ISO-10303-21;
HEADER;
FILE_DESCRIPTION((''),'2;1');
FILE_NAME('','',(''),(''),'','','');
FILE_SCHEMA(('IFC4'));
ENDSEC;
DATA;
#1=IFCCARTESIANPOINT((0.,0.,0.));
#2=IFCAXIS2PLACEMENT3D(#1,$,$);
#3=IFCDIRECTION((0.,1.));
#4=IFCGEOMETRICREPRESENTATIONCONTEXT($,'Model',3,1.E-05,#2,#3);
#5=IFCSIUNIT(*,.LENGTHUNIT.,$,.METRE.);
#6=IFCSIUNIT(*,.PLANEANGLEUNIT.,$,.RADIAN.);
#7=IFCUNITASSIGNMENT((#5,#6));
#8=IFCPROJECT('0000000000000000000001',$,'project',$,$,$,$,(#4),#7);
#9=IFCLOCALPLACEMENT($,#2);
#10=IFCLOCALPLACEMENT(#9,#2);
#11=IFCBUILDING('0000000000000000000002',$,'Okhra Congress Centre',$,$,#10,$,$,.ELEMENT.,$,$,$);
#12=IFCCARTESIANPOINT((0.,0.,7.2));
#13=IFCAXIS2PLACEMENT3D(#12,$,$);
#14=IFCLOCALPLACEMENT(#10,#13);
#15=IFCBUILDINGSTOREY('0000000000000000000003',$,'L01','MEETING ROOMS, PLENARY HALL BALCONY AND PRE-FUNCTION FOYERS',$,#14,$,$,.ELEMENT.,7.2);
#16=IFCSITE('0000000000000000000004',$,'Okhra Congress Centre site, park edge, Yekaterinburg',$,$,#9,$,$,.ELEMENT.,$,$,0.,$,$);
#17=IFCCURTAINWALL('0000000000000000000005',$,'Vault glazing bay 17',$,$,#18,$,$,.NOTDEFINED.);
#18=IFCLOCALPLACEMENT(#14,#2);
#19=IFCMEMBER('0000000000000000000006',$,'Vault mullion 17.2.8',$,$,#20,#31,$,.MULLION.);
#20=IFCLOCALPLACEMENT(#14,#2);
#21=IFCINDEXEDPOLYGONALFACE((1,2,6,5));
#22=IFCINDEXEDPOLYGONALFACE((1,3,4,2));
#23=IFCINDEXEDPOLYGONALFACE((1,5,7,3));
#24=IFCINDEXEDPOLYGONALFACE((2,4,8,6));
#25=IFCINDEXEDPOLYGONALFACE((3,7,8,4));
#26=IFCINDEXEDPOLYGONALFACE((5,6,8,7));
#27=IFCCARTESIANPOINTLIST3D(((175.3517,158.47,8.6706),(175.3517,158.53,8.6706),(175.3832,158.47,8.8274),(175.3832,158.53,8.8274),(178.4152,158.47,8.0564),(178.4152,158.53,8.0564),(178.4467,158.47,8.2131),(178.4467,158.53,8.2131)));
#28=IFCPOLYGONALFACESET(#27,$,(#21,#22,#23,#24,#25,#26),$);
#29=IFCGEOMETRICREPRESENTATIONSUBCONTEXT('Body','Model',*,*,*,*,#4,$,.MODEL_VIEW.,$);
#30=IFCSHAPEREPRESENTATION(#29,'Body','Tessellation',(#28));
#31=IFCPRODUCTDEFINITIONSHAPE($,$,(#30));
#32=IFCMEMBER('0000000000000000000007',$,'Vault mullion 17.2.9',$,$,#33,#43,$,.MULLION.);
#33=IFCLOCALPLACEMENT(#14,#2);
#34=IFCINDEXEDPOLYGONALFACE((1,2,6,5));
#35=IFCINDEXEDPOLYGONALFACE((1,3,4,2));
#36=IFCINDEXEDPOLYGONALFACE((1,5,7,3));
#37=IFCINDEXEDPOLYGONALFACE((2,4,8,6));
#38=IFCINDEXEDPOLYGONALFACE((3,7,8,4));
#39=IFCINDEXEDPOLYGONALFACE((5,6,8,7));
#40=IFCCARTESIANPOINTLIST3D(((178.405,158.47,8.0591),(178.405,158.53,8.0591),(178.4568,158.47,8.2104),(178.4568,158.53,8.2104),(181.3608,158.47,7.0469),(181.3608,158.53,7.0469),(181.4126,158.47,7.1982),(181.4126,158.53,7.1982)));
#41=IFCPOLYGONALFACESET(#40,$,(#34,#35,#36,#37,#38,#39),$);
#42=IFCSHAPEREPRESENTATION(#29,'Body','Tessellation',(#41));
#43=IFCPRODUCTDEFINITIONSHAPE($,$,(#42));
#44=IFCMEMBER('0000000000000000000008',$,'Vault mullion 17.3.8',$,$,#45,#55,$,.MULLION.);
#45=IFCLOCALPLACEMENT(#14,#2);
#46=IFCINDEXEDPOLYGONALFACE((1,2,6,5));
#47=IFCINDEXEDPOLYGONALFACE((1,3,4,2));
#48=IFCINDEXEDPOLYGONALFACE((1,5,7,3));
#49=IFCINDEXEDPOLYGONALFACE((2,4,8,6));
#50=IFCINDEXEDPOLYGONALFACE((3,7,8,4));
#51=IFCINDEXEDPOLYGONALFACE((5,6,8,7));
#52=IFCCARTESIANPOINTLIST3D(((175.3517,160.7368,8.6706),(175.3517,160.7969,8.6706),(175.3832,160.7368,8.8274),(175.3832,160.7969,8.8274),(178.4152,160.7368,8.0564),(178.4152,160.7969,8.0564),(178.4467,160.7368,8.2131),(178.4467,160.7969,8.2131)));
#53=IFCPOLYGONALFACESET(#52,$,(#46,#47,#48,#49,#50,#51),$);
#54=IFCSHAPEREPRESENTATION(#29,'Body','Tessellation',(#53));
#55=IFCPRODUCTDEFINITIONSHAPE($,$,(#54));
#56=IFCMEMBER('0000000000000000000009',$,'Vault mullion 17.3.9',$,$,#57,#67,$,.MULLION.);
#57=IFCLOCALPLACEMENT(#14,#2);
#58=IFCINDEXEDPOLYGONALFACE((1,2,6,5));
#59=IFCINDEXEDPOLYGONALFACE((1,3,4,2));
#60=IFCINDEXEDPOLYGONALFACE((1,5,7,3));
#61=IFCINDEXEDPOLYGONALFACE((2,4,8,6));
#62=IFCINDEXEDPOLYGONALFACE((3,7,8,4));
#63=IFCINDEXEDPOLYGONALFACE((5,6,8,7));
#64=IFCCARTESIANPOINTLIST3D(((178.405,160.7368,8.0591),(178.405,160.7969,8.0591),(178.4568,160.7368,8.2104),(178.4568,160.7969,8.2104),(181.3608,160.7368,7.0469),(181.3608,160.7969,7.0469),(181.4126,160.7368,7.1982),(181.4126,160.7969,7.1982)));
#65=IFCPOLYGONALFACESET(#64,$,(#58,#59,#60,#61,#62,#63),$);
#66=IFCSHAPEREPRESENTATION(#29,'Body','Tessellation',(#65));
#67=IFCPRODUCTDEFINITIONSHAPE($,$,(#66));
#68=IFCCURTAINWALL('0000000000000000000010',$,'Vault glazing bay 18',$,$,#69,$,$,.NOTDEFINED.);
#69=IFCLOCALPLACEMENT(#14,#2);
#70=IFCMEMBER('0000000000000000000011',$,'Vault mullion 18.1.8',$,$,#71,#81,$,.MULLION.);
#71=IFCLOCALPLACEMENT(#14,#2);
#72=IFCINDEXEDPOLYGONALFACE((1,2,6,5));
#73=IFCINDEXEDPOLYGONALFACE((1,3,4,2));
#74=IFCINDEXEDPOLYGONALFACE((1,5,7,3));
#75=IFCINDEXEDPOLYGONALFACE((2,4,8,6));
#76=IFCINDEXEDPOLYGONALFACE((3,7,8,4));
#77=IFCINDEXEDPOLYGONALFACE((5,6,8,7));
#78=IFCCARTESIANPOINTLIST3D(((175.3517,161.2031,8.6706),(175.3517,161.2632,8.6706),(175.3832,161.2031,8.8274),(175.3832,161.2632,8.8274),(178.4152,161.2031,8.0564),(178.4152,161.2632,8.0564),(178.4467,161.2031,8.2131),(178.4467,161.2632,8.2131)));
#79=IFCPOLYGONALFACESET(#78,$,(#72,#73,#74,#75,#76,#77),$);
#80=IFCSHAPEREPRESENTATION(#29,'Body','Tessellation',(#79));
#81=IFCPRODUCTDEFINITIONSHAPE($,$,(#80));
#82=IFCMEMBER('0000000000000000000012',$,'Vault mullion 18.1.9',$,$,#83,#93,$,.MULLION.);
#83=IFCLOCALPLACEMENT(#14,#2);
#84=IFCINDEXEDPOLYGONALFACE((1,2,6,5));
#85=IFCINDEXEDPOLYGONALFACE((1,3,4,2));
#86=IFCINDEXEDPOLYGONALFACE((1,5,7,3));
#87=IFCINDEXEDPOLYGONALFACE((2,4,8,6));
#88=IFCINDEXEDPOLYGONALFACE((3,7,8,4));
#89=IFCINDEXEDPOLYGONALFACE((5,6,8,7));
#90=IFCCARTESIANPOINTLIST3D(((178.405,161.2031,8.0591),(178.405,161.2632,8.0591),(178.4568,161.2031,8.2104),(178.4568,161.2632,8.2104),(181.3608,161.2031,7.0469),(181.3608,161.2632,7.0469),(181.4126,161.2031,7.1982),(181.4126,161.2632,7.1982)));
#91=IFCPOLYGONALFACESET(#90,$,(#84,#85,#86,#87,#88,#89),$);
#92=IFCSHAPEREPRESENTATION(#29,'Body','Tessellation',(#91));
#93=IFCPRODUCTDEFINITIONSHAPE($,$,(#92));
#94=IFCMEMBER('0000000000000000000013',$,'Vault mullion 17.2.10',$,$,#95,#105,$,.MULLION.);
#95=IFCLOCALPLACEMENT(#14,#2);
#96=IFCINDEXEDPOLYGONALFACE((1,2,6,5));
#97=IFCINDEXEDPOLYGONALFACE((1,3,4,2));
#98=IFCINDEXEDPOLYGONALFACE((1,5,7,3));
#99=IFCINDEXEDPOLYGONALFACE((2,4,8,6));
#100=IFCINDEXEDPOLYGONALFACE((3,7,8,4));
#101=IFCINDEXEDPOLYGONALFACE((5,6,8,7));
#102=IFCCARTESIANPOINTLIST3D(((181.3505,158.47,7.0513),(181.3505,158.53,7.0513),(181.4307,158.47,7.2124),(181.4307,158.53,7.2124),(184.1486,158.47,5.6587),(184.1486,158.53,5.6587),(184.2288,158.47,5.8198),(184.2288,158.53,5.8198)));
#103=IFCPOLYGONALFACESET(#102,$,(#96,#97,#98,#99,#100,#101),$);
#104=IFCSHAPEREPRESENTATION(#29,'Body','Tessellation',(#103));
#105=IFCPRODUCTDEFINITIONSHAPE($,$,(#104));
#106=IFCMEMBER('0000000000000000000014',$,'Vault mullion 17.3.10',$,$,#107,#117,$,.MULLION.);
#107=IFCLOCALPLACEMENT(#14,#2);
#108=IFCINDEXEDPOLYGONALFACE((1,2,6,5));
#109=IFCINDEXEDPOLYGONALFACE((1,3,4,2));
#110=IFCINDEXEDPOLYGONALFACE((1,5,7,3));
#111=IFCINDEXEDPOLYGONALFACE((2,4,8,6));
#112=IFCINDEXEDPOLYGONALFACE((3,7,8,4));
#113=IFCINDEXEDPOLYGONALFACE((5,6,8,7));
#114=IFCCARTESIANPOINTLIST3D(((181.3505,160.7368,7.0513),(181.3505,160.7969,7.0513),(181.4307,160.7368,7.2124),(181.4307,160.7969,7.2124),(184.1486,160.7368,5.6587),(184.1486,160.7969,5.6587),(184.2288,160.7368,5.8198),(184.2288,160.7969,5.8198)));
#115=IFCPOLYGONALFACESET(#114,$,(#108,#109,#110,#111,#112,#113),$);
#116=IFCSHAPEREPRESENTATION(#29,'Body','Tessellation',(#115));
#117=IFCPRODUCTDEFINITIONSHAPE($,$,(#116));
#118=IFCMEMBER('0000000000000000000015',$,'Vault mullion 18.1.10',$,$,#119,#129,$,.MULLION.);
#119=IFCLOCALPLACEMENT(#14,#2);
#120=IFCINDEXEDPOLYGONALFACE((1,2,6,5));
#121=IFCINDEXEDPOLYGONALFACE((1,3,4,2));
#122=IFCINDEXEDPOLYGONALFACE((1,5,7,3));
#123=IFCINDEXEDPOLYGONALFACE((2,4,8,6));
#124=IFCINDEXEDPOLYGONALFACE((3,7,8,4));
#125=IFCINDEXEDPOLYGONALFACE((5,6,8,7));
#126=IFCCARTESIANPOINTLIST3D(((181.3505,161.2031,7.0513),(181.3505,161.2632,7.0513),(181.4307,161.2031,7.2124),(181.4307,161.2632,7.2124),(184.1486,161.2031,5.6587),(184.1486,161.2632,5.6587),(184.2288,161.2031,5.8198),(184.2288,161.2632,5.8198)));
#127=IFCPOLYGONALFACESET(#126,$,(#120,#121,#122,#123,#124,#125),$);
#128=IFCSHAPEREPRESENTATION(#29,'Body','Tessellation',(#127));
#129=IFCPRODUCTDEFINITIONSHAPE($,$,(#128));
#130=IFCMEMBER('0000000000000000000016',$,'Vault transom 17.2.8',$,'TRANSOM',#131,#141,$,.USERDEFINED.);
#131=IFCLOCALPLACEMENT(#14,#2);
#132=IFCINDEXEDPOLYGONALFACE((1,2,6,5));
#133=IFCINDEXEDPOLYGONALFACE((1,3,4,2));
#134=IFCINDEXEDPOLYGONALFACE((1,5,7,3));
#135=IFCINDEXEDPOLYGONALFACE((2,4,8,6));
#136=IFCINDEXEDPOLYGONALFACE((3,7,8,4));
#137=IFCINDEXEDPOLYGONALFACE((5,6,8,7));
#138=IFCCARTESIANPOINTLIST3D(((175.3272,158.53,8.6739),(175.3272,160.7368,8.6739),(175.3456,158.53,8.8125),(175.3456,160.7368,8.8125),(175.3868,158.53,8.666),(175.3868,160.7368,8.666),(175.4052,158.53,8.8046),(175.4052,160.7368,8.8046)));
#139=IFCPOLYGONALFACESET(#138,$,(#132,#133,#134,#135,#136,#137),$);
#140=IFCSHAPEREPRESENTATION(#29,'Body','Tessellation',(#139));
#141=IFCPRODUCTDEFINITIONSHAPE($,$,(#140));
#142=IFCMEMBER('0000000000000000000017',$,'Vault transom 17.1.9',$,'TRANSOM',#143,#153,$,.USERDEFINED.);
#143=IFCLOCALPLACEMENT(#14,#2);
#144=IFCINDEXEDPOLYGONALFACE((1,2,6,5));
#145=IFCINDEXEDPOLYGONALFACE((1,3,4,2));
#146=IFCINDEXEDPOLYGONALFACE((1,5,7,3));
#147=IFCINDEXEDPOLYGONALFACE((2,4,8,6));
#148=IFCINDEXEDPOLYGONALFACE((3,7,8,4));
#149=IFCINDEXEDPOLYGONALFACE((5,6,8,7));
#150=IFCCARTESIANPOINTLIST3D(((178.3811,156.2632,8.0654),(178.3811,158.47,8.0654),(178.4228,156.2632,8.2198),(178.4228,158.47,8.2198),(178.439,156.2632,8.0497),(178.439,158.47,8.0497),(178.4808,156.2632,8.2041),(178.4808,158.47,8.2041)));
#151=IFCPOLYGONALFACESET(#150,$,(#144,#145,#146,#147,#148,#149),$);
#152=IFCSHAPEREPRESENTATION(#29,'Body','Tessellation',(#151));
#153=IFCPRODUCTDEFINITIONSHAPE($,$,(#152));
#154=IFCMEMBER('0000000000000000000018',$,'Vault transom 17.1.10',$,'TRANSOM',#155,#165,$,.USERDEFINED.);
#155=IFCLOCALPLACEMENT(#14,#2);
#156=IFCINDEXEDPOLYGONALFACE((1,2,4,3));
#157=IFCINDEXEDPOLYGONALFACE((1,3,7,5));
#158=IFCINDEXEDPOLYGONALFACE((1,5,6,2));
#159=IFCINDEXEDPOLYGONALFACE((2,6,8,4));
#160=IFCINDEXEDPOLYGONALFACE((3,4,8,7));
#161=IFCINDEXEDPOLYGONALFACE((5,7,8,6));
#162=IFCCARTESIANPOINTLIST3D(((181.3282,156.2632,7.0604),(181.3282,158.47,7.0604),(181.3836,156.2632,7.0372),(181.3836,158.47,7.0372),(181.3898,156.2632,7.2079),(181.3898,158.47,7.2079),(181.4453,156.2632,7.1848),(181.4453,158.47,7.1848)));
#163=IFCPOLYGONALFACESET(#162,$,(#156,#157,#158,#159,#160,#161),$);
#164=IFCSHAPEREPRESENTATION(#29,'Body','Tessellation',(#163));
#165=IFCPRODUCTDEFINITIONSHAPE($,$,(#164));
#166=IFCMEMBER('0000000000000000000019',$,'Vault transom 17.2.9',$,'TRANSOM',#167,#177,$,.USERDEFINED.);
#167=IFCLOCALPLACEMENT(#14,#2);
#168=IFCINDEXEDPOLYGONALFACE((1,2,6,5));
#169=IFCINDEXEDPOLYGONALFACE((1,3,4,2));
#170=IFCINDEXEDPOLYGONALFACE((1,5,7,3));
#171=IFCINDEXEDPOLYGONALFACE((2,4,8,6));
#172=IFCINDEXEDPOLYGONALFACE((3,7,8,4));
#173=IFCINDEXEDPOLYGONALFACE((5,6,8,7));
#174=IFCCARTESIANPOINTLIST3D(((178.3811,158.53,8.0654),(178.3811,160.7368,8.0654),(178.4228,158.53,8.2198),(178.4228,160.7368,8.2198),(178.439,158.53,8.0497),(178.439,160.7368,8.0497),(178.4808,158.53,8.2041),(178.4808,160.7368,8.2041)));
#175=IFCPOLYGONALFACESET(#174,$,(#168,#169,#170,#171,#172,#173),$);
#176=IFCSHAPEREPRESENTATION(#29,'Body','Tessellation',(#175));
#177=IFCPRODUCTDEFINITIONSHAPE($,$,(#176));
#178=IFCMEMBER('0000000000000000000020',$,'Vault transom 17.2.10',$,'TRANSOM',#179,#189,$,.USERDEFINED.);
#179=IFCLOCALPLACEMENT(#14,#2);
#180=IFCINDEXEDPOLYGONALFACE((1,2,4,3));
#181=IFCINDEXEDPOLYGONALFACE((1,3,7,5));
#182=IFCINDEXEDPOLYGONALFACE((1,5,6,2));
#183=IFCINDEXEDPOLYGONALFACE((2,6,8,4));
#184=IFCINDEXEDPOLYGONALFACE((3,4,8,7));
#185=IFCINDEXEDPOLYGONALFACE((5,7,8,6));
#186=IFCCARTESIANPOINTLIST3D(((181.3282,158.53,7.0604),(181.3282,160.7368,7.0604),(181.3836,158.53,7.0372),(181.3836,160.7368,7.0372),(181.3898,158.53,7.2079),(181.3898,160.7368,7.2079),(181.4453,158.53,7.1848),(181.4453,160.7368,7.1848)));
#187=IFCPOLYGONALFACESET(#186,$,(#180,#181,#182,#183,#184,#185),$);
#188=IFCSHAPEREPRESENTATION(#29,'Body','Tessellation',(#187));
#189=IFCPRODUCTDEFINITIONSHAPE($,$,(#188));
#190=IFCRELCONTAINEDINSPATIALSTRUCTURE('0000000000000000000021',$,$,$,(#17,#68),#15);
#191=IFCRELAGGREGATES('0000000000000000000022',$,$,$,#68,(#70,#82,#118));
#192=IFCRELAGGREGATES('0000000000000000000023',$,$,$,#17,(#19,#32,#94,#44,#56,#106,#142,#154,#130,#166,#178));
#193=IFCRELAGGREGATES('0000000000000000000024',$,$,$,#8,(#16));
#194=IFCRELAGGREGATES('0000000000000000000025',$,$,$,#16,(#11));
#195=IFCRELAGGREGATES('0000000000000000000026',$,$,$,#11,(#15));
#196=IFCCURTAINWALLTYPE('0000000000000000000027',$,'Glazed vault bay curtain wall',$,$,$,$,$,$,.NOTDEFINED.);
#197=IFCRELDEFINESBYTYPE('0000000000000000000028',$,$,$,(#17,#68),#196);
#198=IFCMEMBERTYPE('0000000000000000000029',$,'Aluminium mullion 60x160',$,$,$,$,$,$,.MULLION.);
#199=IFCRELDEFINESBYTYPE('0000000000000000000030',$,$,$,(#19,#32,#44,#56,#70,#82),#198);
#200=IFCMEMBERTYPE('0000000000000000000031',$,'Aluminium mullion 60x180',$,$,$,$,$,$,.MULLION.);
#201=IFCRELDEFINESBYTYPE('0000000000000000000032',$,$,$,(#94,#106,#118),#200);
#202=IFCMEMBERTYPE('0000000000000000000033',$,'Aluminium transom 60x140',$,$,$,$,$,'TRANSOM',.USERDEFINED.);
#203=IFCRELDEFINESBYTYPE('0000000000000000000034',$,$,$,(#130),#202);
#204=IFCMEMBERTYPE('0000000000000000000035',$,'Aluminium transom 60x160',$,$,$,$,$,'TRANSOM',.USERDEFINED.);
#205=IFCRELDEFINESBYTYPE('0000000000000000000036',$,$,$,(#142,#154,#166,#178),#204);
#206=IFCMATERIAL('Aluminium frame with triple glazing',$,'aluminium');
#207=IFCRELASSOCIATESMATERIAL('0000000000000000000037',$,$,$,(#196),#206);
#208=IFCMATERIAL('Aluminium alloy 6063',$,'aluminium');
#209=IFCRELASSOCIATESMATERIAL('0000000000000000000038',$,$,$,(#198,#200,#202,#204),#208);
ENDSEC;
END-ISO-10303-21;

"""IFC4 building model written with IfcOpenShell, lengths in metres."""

from ifc_helpers import new_model, si_unit, direction, frame, origin, origin_2d, place, context, subcontext, project, spatial, rectangle, extrude, material, material_profile, profile_set, type_object, element, aggregate, save


model = new_model("IFC4")

# Units and contexts
model_context = context("Model", 3, precision=1e-05, world=origin(), true_north=direction((0.0, 1.0)))
body_context = subcontext(model_context, "Body", "Model", "MODEL_VIEW")
ifc_project = project(units=[si_unit("LENGTHUNIT", "METRE"), si_unit("PLANEANGLEUNIT", "RADIAN")], contexts=[model_context])

# Site, building, storey
site_placement = place(None, origin())
site = spatial("IfcSite", under=ifc_project, at=site_placement, Name="Okhra Congress Centre site, park edge, Yekaterinburg", CompositionType="ELEMENT", RefElevation=0.0)
building_placement = place(site_placement, origin())
building = spatial("IfcBuilding", under=site, at=building_placement, Name="Okhra Congress Centre", CompositionType="ELEMENT")
storey_placement = place(building_placement, frame((0.0, 0.0, 7.2)))
storey = spatial("IfcBuildingStorey", under=building, at=storey_placement, Name="L01", Description="MEETING ROOMS, PLENARY HALL BALCONY AND PRE-FUNCTION FOYERS", CompositionType="ELEMENT", Elevation=7.2)

# Curtain walls, members
ifc_material_1 = material(Name="Aluminium frame with triple glazing", Category="aluminium")
curtain_wall_type = type_object("IfcCurtainWallType", Name="Glazed vault bay curtain wall", PredefinedType="NOTDEFINED", material=ifc_material_1)
curtain_wall_1_placement = place(storey_placement, origin())
curtain_wall_1 = element("IfcCurtainWall", 1, at=curtain_wall_1_placement, inside=storey, type_object=curtain_wall_type, Name="Vault glazing bay 17", PredefinedType="NOTDEFINED")
ifc_material_2 = material(Name="Aluminium alloy 6063", Category="aluminium")
ifc_material_profile_1 = material_profile(ifc_material_2, rectangle(XDim=0.0601, YDim=0.1599, at=origin_2d()), Name="AL 60x160")
ifc_profile_set_1 = profile_set([ifc_material_profile_1], Name="Aluminium alloy 6063")
member_type_1 = type_object("IfcMemberType", Name="Aluminium mullion 60x160", PredefinedType="MULLION", material=ifc_profile_set_1)
member_1_placement = place(storey_placement, frame((175.3674, 158.5, 8.749), z_axis=(0.980484, 0.0, -0.196597), x_axis=(0.0, 1.0, 0.0)))
member_1 = element("IfcMember", 2, at=member_1_placement, type_object=member_type_1, Name="Vault mullion 17.2.8", PredefinedType="MULLION", context=body_context, shape_type="SweptSolid", body=[
    extrude(rectangle(XDim=0.0601, YDim=0.1599, at=origin_2d()), origin(), (0.0, 0.0, 1.0), 3.1245),
])
member_2_placement = place(storey_placement, frame((178.4309, 158.5, 8.1348), z_axis=(0.946065, 0.0, -0.323977), x_axis=(0.0, 1.0, 0.0)))
member_2 = element("IfcMember", 3, at=member_2_placement, type_object=member_type_1, Name="Vault mullion 17.2.9", PredefinedType="MULLION", context=body_context, shape_type="SweptSolid", body=[
    extrude(rectangle(XDim=0.0601, YDim=0.1599, at=origin_2d()), origin(), (0.0, 0.0, 1.0), 3.1243),
])
member_3_placement = place(storey_placement, frame((175.3674, 160.7668, 8.749), z_axis=(0.980484, 0.0, -0.196597), x_axis=(0.0, 1.0, 0.0)))
member_3 = element("IfcMember", 4, at=member_3_placement, type_object=member_type_1, Name="Vault mullion 17.3.8", PredefinedType="MULLION", context=body_context, shape_type="SweptSolid", body=[
    extrude(rectangle(XDim=0.0601, YDim=0.1599, at=origin_2d()), origin(), (0.0, 0.0, 1.0), 3.1245),
])
member_4_placement = place(storey_placement, frame((178.4309, 160.7668, 8.1348), z_axis=(0.946065, 0.0, -0.323977), x_axis=(0.0, 1.0, 0.0)))
member_4 = element("IfcMember", 5, at=member_4_placement, type_object=member_type_1, Name="Vault mullion 17.3.9", PredefinedType="MULLION", context=body_context, shape_type="SweptSolid", body=[
    extrude(rectangle(XDim=0.0601, YDim=0.1599, at=origin_2d()), origin(), (0.0, 0.0, 1.0), 3.1243),
])
curtain_wall_2_placement = place(storey_placement, origin())
curtain_wall_2 = element("IfcCurtainWall", 6, at=curtain_wall_2_placement, inside=storey, type_object=curtain_wall_type, Name="Vault glazing bay 18", PredefinedType="NOTDEFINED")
member_5_placement = place(storey_placement, frame((175.3674, 161.2332, 8.749), z_axis=(0.980484, 0.0, -0.196597), x_axis=(0.0, 1.0, 0.0)))
member_5 = element("IfcMember", 7, at=member_5_placement, type_object=member_type_1, Name="Vault mullion 18.1.8", PredefinedType="MULLION", context=body_context, shape_type="SweptSolid", body=[
    extrude(rectangle(XDim=0.0601, YDim=0.1599, at=origin_2d()), origin(), (0.0, 0.0, 1.0), 3.1245),
])
member_6_placement = place(storey_placement, frame((178.4309, 161.2332, 8.1348), z_axis=(0.946065, 0.0, -0.323977), x_axis=(0.0, 1.0, 0.0)))
member_6 = element("IfcMember", 8, at=member_6_placement, type_object=member_type_1, Name="Vault mullion 18.1.9", PredefinedType="MULLION", context=body_context, shape_type="SweptSolid", body=[
    extrude(rectangle(XDim=0.0601, YDim=0.1599, at=origin_2d()), origin(), (0.0, 0.0, 1.0), 3.1243),
])

# Members
ifc_material_profile_2 = material_profile(ifc_material_2, rectangle(XDim=0.0601, YDim=0.1799, at=origin_2d()), Name="AL 60x180")
ifc_profile_set_2 = profile_set([ifc_material_profile_2], Name="Aluminium alloy 6063")
member_type_2 = type_object("IfcMemberType", Name="Aluminium mullion 60x180", PredefinedType="MULLION", material=ifc_profile_set_2)
member_7_placement = place(storey_placement, frame((181.3906, 158.5, 7.1318), z_axis=(0.895254, 0.0, -0.445557), x_axis=(0.0, 1.0, 0.0)))
member_7 = element("IfcMember", 9, at=member_7_placement, type_object=member_type_2, Name="Vault mullion 17.2.10", PredefinedType="MULLION", context=body_context, shape_type="SweptSolid", body=[
    extrude(rectangle(XDim=0.0601, YDim=0.1799, at=origin_2d()), origin(), (0.0, 0.0, 1.0), 3.1255),
])
member_8_placement = place(storey_placement, frame((181.3906, 160.7668, 7.1318), z_axis=(0.895254, 0.0, -0.445557), x_axis=(0.0, 1.0, 0.0)))
member_8 = element("IfcMember", 10, at=member_8_placement, type_object=member_type_2, Name="Vault mullion 17.3.10", PredefinedType="MULLION", context=body_context, shape_type="SweptSolid", body=[
    extrude(rectangle(XDim=0.0601, YDim=0.1799, at=origin_2d()), origin(), (0.0, 0.0, 1.0), 3.1255),
])
member_9_placement = place(storey_placement, frame((181.3906, 161.2332, 7.1318), z_axis=(0.895254, 0.0, -0.445557), x_axis=(0.0, 1.0, 0.0)))
member_9 = element("IfcMember", 11, at=member_9_placement, type_object=member_type_2, Name="Vault mullion 18.1.10", PredefinedType="MULLION", context=body_context, shape_type="SweptSolid", body=[
    extrude(rectangle(XDim=0.0601, YDim=0.1799, at=origin_2d()), origin(), (0.0, 0.0, 1.0), 3.1255),
])
aggregate(curtain_wall_2, [member_5, member_6, member_9])
ifc_material_profile_3 = material_profile(ifc_material_2, rectangle(XDim=0.0601, YDim=0.1399, at=origin_2d()), Name="AL 60x140 transom")
ifc_profile_set_3 = profile_set([ifc_material_profile_3], Name="Aluminium alloy 6063")
member_type_3 = type_object("IfcMemberType", Name="Aluminium transom 60x140", ElementType="TRANSOM", PredefinedType="USERDEFINED", material=ifc_profile_set_3)
member_10_placement = place(storey_placement, frame((175.3662, 158.53, 8.7393), z_axis=(0.0, 1.0, 0.0), x_axis=(-0.991307, 0.0, 0.131568)))
member_10 = element("IfcMember", 12, at=member_10_placement, type_object=member_type_3, Name="Vault transom 17.2.8", ObjectType="TRANSOM", PredefinedType="USERDEFINED", context=body_context, shape_type="SweptSolid", body=[
    extrude(rectangle(XDim=0.0601, YDim=0.1399, at=origin_2d()), origin(), (0.0, 0.0, 1.0), 2.2068),
])
ifc_material_profile_4 = material_profile(ifc_material_2, rectangle(XDim=0.0601, YDim=0.1599, at=origin_2d()), Name="AL 60x160 transom")
ifc_profile_set_4 = profile_set([ifc_material_profile_4], Name="Aluminium alloy 6063")
member_type_4 = type_object("IfcMemberType", Name="Aluminium transom 60x160", ElementType="TRANSOM", PredefinedType="USERDEFINED", material=ifc_profile_set_4)
member_11_placement = place(storey_placement, frame((178.4309, 156.2632, 8.1348), z_axis=(0.0, 1.0, 0.0), x_axis=(-0.96538, 0.0, 0.260848)))
member_11 = element("IfcMember", 13, at=member_11_placement, type_object=member_type_4, Name="Vault transom 17.1.9", ObjectType="TRANSOM", PredefinedType="USERDEFINED", context=body_context, shape_type="SweptSolid", body=[
    extrude(rectangle(XDim=0.0601, YDim=0.1599, at=origin_2d()), origin(), (0.0, 0.0, 1.0), 2.2068),
])
member_12_placement = place(storey_placement, frame((181.3867, 156.2632, 7.1226), z_axis=(0.0, 1.0, 0.0), x_axis=(-0.922669, 0.0, 0.385593)))
member_12 = element("IfcMember", 14, at=member_12_placement, type_object=member_type_4, Name="Vault transom 17.1.10", ObjectType="TRANSOM", PredefinedType="USERDEFINED", context=body_context, shape_type="SweptSolid", body=[
    extrude(rectangle(XDim=0.0601, YDim=0.1599, at=origin_2d()), origin(), (0.0, 0.0, 1.0), 2.2068),
])
member_13_placement = place(storey_placement, frame((178.4309, 158.53, 8.1348), z_axis=(0.0, 1.0, 0.0), x_axis=(-0.96538, 0.0, 0.260848)))
member_13 = element("IfcMember", 15, at=member_13_placement, type_object=member_type_4, Name="Vault transom 17.2.9", ObjectType="TRANSOM", PredefinedType="USERDEFINED", context=body_context, shape_type="SweptSolid", body=[
    extrude(rectangle(XDim=0.0601, YDim=0.1599, at=origin_2d()), origin(), (0.0, 0.0, 1.0), 2.2068),
])
member_14_placement = place(storey_placement, frame((181.3867, 158.53, 7.1226), z_axis=(0.0, 1.0, 0.0), x_axis=(-0.922669, 0.0, 0.385593)))
member_14 = element("IfcMember", 16, at=member_14_placement, type_object=member_type_4, Name="Vault transom 17.2.10", ObjectType="TRANSOM", PredefinedType="USERDEFINED", context=body_context, shape_type="SweptSolid", body=[
    extrude(rectangle(XDim=0.0601, YDim=0.1599, at=origin_2d()), origin(), (0.0, 0.0, 1.0), 2.2068),
])

aggregate(curtain_wall_1, [member_1, member_2, member_7, member_3, member_4, member_8, member_11, member_12, member_10, member_13, member_14])

save(model, "model.ifc")
